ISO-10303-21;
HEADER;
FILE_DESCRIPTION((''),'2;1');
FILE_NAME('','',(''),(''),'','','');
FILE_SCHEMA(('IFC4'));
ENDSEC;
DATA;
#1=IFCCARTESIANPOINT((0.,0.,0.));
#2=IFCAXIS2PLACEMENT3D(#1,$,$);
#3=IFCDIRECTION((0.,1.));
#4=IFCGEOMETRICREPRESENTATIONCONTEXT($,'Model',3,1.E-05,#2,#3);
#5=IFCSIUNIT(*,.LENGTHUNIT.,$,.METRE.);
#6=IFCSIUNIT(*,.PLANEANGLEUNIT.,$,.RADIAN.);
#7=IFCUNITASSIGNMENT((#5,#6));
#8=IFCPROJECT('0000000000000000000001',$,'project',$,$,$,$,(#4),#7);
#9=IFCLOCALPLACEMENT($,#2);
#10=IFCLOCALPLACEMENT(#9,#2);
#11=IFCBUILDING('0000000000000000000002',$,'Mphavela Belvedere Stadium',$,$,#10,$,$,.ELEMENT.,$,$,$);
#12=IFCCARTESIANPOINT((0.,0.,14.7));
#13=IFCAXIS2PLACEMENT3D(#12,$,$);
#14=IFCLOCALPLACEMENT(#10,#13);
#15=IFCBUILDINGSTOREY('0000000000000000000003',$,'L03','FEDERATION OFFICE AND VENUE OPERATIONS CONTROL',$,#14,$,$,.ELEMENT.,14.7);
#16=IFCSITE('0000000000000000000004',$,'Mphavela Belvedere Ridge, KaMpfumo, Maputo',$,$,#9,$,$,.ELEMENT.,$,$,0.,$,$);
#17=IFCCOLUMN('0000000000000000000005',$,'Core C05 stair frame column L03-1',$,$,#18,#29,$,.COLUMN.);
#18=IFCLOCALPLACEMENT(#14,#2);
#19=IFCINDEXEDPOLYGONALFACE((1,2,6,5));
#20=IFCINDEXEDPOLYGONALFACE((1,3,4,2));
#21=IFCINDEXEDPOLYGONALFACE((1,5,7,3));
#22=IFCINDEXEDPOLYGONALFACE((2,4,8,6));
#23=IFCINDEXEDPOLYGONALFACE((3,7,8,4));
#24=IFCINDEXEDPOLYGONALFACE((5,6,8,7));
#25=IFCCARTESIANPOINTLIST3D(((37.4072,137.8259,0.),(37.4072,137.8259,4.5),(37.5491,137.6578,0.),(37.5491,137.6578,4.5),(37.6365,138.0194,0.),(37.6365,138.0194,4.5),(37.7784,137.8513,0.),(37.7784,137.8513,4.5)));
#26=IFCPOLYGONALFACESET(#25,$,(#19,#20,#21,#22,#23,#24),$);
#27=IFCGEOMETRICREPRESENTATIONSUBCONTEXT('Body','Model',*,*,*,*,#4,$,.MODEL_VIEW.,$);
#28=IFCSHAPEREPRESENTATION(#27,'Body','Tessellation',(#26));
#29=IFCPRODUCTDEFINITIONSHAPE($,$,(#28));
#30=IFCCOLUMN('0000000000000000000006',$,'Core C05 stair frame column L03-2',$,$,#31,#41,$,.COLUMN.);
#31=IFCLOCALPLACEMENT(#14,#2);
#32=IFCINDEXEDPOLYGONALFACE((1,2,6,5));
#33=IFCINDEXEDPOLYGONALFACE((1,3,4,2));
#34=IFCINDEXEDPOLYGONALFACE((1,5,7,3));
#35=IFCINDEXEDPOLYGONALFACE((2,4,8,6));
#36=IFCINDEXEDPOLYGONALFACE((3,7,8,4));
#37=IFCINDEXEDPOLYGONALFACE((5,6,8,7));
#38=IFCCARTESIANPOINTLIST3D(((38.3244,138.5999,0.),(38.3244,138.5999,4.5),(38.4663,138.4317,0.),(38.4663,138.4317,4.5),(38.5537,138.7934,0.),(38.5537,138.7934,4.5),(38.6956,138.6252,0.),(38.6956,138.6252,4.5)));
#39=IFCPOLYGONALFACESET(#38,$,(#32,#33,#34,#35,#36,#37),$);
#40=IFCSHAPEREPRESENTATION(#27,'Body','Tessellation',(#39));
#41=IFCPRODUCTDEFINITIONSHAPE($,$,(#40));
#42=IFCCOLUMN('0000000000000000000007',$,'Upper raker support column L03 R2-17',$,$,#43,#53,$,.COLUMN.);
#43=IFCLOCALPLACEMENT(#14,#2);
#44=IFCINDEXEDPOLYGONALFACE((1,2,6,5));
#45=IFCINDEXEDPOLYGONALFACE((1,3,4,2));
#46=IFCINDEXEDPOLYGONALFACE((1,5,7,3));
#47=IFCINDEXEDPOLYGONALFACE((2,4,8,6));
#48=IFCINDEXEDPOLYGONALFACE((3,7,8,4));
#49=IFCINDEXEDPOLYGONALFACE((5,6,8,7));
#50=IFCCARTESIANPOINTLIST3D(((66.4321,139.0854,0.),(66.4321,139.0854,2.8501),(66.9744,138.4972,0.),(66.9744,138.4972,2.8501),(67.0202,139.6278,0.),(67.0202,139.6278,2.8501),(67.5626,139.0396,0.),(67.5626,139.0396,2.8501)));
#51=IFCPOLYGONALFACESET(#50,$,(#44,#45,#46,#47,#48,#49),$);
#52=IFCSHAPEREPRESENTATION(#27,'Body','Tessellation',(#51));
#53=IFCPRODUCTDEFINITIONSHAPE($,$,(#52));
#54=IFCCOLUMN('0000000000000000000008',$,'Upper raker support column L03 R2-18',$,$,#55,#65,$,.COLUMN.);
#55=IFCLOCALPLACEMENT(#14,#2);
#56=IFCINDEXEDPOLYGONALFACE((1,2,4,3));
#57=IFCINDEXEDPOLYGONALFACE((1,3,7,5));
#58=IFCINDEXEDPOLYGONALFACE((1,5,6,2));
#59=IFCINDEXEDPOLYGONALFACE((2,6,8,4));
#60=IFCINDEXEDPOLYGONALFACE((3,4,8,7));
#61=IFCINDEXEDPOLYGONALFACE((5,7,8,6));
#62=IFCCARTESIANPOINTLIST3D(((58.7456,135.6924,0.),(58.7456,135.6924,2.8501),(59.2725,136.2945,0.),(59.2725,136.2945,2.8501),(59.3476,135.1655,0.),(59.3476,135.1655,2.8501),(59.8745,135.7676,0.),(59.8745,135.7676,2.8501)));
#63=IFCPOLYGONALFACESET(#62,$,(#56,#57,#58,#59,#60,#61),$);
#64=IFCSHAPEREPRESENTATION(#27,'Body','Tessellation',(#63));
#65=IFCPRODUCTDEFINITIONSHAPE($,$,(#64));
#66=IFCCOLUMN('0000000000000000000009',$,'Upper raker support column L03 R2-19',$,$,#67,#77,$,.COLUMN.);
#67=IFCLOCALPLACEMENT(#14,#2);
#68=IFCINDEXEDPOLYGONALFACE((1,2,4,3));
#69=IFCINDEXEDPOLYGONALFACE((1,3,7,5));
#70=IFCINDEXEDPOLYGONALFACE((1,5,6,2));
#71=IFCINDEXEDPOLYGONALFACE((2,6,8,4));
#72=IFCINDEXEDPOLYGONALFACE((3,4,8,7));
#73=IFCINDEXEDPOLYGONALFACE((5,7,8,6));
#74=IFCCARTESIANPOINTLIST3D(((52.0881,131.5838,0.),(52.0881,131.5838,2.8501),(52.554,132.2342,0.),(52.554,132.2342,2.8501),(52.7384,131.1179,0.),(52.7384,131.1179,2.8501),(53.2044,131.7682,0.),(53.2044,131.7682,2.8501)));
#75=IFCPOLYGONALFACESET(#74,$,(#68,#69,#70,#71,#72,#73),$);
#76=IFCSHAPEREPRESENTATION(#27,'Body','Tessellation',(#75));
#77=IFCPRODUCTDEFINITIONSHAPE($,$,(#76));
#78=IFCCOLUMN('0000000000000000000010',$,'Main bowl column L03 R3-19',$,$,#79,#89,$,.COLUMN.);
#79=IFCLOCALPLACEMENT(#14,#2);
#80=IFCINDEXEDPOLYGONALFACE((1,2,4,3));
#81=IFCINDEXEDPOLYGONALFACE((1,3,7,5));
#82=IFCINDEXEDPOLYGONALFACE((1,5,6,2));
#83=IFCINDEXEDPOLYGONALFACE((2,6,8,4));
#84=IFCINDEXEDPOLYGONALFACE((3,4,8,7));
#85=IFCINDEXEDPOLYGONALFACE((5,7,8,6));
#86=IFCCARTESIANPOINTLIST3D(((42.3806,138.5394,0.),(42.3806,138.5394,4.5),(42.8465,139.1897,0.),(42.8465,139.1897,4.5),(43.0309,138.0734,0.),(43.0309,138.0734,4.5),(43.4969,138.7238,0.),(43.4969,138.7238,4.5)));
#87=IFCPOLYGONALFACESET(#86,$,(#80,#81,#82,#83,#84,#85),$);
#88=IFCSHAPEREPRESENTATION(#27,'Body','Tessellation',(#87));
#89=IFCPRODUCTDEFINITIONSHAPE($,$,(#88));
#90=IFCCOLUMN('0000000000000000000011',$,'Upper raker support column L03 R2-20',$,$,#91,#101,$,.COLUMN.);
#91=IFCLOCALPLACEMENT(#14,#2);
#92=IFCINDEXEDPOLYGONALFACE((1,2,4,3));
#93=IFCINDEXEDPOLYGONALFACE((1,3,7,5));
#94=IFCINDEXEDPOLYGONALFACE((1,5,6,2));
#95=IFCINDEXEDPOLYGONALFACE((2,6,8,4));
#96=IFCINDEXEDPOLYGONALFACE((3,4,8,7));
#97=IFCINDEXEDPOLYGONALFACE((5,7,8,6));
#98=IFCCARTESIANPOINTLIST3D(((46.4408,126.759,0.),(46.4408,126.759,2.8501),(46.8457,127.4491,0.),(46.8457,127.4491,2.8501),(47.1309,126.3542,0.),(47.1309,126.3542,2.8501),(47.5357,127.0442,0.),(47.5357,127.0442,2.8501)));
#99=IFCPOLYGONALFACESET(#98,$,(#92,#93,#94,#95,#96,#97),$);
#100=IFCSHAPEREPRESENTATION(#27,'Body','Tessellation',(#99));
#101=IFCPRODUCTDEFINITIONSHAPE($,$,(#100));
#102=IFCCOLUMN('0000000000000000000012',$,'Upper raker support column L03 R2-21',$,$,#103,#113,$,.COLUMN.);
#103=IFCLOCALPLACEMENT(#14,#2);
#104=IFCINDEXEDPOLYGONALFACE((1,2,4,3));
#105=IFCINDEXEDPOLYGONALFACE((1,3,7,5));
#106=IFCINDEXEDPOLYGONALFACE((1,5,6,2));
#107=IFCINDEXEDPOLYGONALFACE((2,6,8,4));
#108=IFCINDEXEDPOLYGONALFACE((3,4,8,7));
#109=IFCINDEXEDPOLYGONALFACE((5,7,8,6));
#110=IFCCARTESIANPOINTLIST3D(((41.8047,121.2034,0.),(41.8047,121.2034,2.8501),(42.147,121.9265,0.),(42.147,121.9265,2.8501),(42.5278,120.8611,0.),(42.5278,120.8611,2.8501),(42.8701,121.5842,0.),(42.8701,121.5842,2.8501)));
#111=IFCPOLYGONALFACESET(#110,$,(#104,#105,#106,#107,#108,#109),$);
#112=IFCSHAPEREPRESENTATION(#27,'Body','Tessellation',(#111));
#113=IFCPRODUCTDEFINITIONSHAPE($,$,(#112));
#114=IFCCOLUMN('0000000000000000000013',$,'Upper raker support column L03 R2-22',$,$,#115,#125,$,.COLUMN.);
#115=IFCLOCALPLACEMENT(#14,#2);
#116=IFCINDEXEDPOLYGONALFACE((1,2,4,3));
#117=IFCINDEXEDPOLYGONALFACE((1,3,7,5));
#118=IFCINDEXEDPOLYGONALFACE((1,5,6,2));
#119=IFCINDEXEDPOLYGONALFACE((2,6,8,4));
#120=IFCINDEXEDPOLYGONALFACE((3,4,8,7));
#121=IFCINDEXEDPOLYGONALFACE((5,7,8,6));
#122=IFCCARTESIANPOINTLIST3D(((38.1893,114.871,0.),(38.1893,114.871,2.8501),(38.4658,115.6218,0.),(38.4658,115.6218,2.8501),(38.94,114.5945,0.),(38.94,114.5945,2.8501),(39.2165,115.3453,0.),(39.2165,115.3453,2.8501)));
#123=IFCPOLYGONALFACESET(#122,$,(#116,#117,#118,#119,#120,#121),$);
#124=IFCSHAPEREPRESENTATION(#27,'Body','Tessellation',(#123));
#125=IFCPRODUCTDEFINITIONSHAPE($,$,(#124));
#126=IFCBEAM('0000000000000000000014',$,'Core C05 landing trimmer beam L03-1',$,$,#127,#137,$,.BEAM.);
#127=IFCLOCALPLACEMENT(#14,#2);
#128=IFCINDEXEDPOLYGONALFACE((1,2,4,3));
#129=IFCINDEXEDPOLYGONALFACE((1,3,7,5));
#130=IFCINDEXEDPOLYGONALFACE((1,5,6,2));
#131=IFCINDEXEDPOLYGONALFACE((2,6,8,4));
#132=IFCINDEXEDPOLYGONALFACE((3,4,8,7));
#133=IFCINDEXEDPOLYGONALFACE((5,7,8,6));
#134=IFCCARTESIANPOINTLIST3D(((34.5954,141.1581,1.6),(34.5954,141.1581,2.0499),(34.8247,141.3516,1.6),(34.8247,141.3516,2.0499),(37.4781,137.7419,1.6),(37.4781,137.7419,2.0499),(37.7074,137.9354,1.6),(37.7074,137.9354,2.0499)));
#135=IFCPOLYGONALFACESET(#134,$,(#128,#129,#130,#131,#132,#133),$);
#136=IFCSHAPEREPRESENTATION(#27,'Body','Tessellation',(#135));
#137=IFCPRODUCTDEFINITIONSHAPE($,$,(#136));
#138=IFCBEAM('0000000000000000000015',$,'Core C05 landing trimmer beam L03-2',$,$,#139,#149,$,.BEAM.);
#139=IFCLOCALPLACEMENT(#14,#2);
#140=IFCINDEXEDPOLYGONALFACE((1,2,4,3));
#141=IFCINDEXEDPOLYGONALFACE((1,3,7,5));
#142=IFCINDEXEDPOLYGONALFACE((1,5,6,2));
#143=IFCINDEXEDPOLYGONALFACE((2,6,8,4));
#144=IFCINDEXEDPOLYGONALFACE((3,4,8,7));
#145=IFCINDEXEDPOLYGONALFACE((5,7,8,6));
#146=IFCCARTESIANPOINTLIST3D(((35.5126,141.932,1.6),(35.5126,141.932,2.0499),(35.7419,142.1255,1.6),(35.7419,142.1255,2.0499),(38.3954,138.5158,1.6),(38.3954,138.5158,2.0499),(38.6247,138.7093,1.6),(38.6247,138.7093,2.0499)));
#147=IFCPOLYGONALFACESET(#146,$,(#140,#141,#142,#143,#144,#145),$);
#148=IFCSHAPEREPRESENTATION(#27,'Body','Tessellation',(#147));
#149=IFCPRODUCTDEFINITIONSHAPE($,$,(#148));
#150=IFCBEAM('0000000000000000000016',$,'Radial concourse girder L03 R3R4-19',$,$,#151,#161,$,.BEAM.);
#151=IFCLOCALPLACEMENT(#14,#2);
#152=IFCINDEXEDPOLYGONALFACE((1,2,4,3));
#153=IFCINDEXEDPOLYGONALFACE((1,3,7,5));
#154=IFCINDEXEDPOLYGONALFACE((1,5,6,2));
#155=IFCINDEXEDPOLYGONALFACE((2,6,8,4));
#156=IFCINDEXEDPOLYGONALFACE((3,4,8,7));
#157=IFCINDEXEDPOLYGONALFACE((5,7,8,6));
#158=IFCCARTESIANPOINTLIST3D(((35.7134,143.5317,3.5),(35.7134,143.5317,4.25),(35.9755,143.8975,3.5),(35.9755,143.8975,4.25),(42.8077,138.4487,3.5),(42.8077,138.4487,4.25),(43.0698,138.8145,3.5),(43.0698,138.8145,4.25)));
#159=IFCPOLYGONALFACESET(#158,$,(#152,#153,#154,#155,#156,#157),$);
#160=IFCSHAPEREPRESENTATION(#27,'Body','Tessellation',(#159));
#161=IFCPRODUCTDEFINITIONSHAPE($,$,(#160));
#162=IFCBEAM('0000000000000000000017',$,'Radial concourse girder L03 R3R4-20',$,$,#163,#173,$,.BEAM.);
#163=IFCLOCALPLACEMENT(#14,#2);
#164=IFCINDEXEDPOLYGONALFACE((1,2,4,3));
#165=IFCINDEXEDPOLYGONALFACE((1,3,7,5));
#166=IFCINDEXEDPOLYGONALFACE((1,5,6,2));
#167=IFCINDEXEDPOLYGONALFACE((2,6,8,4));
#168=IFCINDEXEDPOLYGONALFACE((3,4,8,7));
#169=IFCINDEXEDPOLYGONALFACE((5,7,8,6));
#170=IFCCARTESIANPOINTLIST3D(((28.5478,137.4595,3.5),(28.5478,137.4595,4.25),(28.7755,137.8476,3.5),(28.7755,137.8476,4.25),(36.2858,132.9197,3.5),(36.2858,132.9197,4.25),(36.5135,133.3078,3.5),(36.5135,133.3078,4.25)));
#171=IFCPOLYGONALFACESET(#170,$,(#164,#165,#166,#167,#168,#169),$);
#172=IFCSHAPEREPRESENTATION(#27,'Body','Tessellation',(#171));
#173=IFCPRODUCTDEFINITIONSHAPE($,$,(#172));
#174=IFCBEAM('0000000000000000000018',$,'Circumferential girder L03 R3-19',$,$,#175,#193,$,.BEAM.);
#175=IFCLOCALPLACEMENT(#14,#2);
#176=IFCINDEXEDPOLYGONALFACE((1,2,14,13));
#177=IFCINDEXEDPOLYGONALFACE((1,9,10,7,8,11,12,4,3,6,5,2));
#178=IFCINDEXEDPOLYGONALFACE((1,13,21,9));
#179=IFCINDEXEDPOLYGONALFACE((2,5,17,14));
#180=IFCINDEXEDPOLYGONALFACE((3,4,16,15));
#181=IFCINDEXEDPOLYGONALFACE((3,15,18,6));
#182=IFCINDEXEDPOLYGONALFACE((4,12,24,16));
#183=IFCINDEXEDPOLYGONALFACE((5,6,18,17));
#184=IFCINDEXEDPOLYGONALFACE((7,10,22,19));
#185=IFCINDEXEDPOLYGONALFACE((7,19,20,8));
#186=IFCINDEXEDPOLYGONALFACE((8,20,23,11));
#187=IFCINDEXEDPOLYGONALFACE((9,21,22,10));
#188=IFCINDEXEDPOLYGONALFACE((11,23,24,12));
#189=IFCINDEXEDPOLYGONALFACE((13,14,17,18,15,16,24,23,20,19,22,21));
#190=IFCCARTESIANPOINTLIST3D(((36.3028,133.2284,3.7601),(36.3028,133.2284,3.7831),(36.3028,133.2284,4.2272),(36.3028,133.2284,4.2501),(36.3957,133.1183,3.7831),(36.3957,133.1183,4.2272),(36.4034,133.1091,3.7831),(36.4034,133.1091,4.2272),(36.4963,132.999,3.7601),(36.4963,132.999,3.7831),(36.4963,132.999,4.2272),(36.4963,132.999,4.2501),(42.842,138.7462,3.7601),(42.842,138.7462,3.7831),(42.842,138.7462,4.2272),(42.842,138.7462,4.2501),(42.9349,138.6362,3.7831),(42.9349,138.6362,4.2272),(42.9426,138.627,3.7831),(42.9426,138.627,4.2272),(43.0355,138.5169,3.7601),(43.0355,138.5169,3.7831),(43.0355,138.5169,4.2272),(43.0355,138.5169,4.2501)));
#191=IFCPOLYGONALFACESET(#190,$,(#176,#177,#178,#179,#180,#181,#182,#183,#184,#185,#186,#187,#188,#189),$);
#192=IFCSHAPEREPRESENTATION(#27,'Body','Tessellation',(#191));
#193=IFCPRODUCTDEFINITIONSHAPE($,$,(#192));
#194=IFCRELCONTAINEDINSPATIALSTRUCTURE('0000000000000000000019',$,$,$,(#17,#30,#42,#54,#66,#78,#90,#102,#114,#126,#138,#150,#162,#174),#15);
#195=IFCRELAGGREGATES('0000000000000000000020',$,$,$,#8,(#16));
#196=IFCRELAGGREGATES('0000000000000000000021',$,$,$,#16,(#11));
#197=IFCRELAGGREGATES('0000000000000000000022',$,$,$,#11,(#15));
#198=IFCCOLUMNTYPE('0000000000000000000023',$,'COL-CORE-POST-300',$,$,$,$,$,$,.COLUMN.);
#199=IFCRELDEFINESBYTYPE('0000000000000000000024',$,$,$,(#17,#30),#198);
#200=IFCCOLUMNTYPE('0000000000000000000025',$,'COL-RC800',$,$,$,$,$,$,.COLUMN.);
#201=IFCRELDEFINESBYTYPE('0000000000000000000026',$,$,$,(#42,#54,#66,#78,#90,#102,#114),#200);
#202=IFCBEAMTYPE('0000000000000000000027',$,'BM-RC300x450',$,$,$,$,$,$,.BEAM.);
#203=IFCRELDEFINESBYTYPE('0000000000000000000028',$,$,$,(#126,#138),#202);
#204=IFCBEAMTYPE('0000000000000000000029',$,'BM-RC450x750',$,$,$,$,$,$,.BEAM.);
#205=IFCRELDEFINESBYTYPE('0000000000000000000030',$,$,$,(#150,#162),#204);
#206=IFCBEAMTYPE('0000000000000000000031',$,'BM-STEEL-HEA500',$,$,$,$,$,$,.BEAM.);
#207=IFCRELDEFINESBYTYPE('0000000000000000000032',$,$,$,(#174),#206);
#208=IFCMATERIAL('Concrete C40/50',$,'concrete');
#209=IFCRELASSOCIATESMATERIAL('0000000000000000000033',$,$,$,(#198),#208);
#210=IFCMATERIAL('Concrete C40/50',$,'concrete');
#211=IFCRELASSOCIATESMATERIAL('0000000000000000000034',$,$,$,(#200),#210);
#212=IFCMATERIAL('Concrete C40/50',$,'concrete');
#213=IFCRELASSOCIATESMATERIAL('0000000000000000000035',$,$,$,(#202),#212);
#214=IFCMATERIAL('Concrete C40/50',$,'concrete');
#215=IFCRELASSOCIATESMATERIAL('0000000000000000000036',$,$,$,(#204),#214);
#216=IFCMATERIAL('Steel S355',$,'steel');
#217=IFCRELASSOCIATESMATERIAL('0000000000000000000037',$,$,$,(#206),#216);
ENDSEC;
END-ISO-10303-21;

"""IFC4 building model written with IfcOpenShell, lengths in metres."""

from ifc_helpers import new_model, si_unit, direction, frame, origin, origin_2d, place, context, subcontext, project, spatial, rectangle, i_section, extrude, material, material_profile, profile_set, type_object, element, save


model = new_model("IFC4")

# Units and contexts
model_context = context("Model", 3, precision=1e-05, world=origin(), true_north=direction((0.0, 1.0)))
body_context = subcontext(model_context, "Body", "Model", "MODEL_VIEW")
ifc_project = project(units=[si_unit("LENGTHUNIT", "METRE"), si_unit("PLANEANGLEUNIT", "RADIAN")], contexts=[model_context])

# Site, building, storey
site_placement = place(None, origin())
site = spatial("IfcSite", under=ifc_project, at=site_placement, Name="Mphavela Belvedere Ridge, KaMpfumo, Maputo", CompositionType="ELEMENT", RefElevation=0.0)
building_placement = place(site_placement, origin())
building = spatial("IfcBuilding", under=site, at=building_placement, Name="Mphavela Belvedere Stadium", CompositionType="ELEMENT")
storey_placement = place(building_placement, frame((0.0, 0.0, 14.7)))
storey = spatial("IfcBuildingStorey", under=building, at=storey_placement, Name="L03", Description="FEDERATION OFFICE AND VENUE OPERATIONS CONTROL", CompositionType="ELEMENT", Elevation=14.7)

# Columns
ifc_material_1 = material(Name="Concrete C40/50", Category="concrete")
ifc_material_profile_1 = material_profile(ifc_material_1, rectangle(XDim=0.3, YDim=0.22, at=origin_2d()), Name="RC 300x220")
ifc_profile_set_1 = profile_set([ifc_material_profile_1], Name="Concrete C40/50")
column_type_1 = type_object("IfcColumnType", Name="COL-CORE-POST-300", PredefinedType="COLUMN", material=ifc_profile_set_1)
for number, where, z_axis, x_axis, name in (
    (1, (37.5928, 137.8386, 0.0), (0.0, 0.0, 1.0), (0.764246, 0.644924, 0.0), "Core C05 stair frame column L03-1"),
    (2, (38.51, 138.6125, 0.0), (0.0, 0.0, 1.0), (0.764246, 0.644924, 0.0), "Core C05 stair frame column L03-2"),
):
    element("IfcColumn", number, at=place(storey_placement, frame(where, z_axis=z_axis, x_axis=x_axis)), inside=storey, type_object=column_type_1, Name=name, PredefinedType="COLUMN", context=body_context, shape_type="SweptSolid", body=[
        extrude(rectangle(XDim=0.3, YDim=0.22, at=origin_2d()), origin(), (0.0, 0.0, 1.0), 4.5),
    ])
ifc_material_2 = material(Name="Concrete C40/50", Category="concrete")
ifc_material_profile_2 = material_profile(ifc_material_2, rectangle(XDim=0.8, YDim=0.8, at=origin_2d()), Name="RC 800x800")
ifc_profile_set_2 = profile_set([ifc_material_profile_2], Name="Concrete C40/50")
column_type_2 = type_object("IfcColumnType", Name="COL-RC800", PredefinedType="COLUMN", material=ifc_profile_set_2)
for number, where, z_axis, x_axis, name in (
    (3, (66.9973, 139.0625, 0.0), (0.0, 0.0, 1.0), (-0.677903, 0.735151, 0.0), "Upper raker support column L03 R2-17"),
    (4, (59.3101, 135.73, 0.0), (0.0, 0.0, 1.0), (-0.75253, 0.658558, 0.0), "Upper raker support column L03 R2-18"),
    (5, (52.6462, 131.676, 0.0), (0.0, 0.0, 1.0), (-0.812898, 0.582407, 0.0), "Upper raker support column L03 R2-19"),
):
    element("IfcColumn", number, at=place(storey_placement, frame(where, z_axis=z_axis, x_axis=x_axis)), inside=storey, type_object=column_type_2, Name=name, PredefinedType="COLUMN", context=body_context, shape_type="SweptSolid", body=[
        extrude(rectangle(XDim=0.8, YDim=0.8, at=origin_2d()), origin(), (0.0, 0.0, 1.0), 2.8501),
    ])
column_placement = place(storey_placement, frame((42.9387, 138.6316, 0.0), z_axis=(0.0, 0.0, 1.0), x_axis=(-0.812898, 0.582407, 0.0)))
element("IfcColumn", 6, at=column_placement, inside=storey, type_object=column_type_2, Name="Main bowl column L03 R3-19", PredefinedType="COLUMN", context=body_context, shape_type="SweptSolid", body=[
    extrude(rectangle(XDim=0.8, YDim=0.8, at=origin_2d()), origin(), (0.0, 0.0, 1.0), 4.5),
])
for number, where, z_axis, x_axis, name in (
    (7, (46.9883, 126.9016, 0.0), (0.0, 0.0, 1.0), (-0.862514, 0.506034, 0.0), "Upper raker support column L03 R2-20"),
    (8, (42.3374, 121.3938, 0.0), (0.0, 0.0, 1.0), (-0.903859, 0.427831, 0.0), "Upper raker support column L03 R2-21"),
    (9, (38.7029, 115.1082, 0.0), (0.0, 0.0, 1.0), (-0.938372, 0.345626, 0.0), "Upper raker support column L03 R2-22"),
):
    element("IfcColumn", number, at=place(storey_placement, frame(where, z_axis=z_axis, x_axis=x_axis)), inside=storey, type_object=column_type_2, Name=name, PredefinedType="COLUMN", context=body_context, shape_type="SweptSolid", body=[
        extrude(rectangle(XDim=0.8, YDim=0.8, at=origin_2d()), origin(), (0.0, 0.0, 1.0), 2.8501),
    ])

# Beams
ifc_material_3 = material(Name="Concrete C40/50", Category="concrete")
ifc_material_profile_3 = material_profile(ifc_material_3, rectangle(XDim=0.3, YDim=0.45, at=origin_2d()), Name="RC 300x450")
ifc_profile_set_3 = profile_set([ifc_material_profile_3], Name="Concrete C40/50")
beam_type_1 = type_object("IfcBeamType", Name="BM-RC300x450", PredefinedType="BEAM", material=ifc_profile_set_3)
for number, where, z_axis, x_axis, name in (
    (10, (37.5928, 137.8386, 1.825), (-0.644916, 0.764254, 0.0), (-0.764254, -0.644916, 0.0), "Core C05 landing trimmer beam L03-1"),
    (11, (38.51, 138.6125, 1.825), (-0.644916, 0.764254, 0.0), (-0.764254, -0.644916, 0.0), "Core C05 landing trimmer beam L03-2"),
):
    element("IfcBeam", number, at=place(storey_placement, frame(where, z_axis=z_axis, x_axis=x_axis)), inside=storey, type_object=beam_type_1, Name=name, PredefinedType="BEAM", context=body_context, shape_type="SweptSolid", body=[
        extrude(rectangle(XDim=0.3, YDim=0.45, at=origin_2d()), origin(), (0.0, 0.0, 1.0), 4.47),
    ])
ifc_material_4 = material(Name="Concrete C40/50", Category="concrete")
ifc_material_profile_4 = material_profile(ifc_material_4, rectangle(XDim=0.45, YDim=0.75, at=origin_2d()), Name="RC 450x750")
ifc_profile_set_4 = profile_set([ifc_material_profile_4], Name="Concrete C40/50")
beam_type_2 = type_object("IfcBeamType", Name="BM-RC450x750", PredefinedType="BEAM", material=ifc_profile_set_4)
beam_1_placement = place(storey_placement, frame((42.9387, 138.6316, 3.875), z_axis=(-0.812882, 0.582428, 0.0), x_axis=(-0.582428, -0.812882, 0.0)))
element("IfcBeam", 12, at=beam_1_placement, inside=storey, type_object=beam_type_2, Name="Radial concourse girder L03 R3R4-19", PredefinedType="BEAM", context=body_context, shape_type="SweptSolid", body=[
    extrude(rectangle(XDim=0.45, YDim=0.75, at=origin_2d()), origin(), (0.0, 0.0, 1.0), 8.7273),
])
beam_2_placement = place(storey_placement, frame((36.3997, 133.1138, 3.875), z_axis=(-0.862518, 0.506027, 0.0), x_axis=(-0.506027, -0.862518, 0.0)))
element("IfcBeam", 13, at=beam_2_placement, inside=storey, type_object=beam_type_2, Name="Radial concourse girder L03 R3R4-20", PredefinedType="BEAM", context=body_context, shape_type="SweptSolid", body=[
    extrude(rectangle(XDim=0.45, YDim=0.75, at=origin_2d()), origin(), (0.0, 0.0, 1.0), 8.9714),
])
ifc_material_5 = material(Name="Steel S355", Category="steel")
ifc_material_profile_5 = material_profile(ifc_material_5, i_section(OverallWidth=0.3, OverallDepth=0.49, WebThickness=0.012, FlangeThickness=0.0229, at=origin_2d()), Name="HEA 500")
ifc_profile_set_5 = profile_set([ifc_material_profile_5], Name="Steel S355")
beam_type_3 = type_object("IfcBeamType", Name="BM-STEEL-HEA500", PredefinedType="BEAM", material=ifc_profile_set_5)
beam_3_placement = place(storey_placement, frame((42.9387, 138.6316, 4.0051), z_axis=(-0.764263, -0.644904, 0.0), x_axis=(0.644904, -0.764263, 0.0)))
element("IfcBeam", 14, at=beam_3_placement, inside=storey, type_object=beam_type_3, Name="Circumferential girder L03 R3-19", PredefinedType="BEAM", context=body_context, shape_type="SweptSolid", body=[
    extrude(i_section(OverallWidth=0.3, OverallDepth=0.49, WebThickness=0.012, FlangeThickness=0.0229, at=origin_2d()), origin(), (0.0, 0.0, 1.0), 8.5562),
])

save(model, "model.ifc")
